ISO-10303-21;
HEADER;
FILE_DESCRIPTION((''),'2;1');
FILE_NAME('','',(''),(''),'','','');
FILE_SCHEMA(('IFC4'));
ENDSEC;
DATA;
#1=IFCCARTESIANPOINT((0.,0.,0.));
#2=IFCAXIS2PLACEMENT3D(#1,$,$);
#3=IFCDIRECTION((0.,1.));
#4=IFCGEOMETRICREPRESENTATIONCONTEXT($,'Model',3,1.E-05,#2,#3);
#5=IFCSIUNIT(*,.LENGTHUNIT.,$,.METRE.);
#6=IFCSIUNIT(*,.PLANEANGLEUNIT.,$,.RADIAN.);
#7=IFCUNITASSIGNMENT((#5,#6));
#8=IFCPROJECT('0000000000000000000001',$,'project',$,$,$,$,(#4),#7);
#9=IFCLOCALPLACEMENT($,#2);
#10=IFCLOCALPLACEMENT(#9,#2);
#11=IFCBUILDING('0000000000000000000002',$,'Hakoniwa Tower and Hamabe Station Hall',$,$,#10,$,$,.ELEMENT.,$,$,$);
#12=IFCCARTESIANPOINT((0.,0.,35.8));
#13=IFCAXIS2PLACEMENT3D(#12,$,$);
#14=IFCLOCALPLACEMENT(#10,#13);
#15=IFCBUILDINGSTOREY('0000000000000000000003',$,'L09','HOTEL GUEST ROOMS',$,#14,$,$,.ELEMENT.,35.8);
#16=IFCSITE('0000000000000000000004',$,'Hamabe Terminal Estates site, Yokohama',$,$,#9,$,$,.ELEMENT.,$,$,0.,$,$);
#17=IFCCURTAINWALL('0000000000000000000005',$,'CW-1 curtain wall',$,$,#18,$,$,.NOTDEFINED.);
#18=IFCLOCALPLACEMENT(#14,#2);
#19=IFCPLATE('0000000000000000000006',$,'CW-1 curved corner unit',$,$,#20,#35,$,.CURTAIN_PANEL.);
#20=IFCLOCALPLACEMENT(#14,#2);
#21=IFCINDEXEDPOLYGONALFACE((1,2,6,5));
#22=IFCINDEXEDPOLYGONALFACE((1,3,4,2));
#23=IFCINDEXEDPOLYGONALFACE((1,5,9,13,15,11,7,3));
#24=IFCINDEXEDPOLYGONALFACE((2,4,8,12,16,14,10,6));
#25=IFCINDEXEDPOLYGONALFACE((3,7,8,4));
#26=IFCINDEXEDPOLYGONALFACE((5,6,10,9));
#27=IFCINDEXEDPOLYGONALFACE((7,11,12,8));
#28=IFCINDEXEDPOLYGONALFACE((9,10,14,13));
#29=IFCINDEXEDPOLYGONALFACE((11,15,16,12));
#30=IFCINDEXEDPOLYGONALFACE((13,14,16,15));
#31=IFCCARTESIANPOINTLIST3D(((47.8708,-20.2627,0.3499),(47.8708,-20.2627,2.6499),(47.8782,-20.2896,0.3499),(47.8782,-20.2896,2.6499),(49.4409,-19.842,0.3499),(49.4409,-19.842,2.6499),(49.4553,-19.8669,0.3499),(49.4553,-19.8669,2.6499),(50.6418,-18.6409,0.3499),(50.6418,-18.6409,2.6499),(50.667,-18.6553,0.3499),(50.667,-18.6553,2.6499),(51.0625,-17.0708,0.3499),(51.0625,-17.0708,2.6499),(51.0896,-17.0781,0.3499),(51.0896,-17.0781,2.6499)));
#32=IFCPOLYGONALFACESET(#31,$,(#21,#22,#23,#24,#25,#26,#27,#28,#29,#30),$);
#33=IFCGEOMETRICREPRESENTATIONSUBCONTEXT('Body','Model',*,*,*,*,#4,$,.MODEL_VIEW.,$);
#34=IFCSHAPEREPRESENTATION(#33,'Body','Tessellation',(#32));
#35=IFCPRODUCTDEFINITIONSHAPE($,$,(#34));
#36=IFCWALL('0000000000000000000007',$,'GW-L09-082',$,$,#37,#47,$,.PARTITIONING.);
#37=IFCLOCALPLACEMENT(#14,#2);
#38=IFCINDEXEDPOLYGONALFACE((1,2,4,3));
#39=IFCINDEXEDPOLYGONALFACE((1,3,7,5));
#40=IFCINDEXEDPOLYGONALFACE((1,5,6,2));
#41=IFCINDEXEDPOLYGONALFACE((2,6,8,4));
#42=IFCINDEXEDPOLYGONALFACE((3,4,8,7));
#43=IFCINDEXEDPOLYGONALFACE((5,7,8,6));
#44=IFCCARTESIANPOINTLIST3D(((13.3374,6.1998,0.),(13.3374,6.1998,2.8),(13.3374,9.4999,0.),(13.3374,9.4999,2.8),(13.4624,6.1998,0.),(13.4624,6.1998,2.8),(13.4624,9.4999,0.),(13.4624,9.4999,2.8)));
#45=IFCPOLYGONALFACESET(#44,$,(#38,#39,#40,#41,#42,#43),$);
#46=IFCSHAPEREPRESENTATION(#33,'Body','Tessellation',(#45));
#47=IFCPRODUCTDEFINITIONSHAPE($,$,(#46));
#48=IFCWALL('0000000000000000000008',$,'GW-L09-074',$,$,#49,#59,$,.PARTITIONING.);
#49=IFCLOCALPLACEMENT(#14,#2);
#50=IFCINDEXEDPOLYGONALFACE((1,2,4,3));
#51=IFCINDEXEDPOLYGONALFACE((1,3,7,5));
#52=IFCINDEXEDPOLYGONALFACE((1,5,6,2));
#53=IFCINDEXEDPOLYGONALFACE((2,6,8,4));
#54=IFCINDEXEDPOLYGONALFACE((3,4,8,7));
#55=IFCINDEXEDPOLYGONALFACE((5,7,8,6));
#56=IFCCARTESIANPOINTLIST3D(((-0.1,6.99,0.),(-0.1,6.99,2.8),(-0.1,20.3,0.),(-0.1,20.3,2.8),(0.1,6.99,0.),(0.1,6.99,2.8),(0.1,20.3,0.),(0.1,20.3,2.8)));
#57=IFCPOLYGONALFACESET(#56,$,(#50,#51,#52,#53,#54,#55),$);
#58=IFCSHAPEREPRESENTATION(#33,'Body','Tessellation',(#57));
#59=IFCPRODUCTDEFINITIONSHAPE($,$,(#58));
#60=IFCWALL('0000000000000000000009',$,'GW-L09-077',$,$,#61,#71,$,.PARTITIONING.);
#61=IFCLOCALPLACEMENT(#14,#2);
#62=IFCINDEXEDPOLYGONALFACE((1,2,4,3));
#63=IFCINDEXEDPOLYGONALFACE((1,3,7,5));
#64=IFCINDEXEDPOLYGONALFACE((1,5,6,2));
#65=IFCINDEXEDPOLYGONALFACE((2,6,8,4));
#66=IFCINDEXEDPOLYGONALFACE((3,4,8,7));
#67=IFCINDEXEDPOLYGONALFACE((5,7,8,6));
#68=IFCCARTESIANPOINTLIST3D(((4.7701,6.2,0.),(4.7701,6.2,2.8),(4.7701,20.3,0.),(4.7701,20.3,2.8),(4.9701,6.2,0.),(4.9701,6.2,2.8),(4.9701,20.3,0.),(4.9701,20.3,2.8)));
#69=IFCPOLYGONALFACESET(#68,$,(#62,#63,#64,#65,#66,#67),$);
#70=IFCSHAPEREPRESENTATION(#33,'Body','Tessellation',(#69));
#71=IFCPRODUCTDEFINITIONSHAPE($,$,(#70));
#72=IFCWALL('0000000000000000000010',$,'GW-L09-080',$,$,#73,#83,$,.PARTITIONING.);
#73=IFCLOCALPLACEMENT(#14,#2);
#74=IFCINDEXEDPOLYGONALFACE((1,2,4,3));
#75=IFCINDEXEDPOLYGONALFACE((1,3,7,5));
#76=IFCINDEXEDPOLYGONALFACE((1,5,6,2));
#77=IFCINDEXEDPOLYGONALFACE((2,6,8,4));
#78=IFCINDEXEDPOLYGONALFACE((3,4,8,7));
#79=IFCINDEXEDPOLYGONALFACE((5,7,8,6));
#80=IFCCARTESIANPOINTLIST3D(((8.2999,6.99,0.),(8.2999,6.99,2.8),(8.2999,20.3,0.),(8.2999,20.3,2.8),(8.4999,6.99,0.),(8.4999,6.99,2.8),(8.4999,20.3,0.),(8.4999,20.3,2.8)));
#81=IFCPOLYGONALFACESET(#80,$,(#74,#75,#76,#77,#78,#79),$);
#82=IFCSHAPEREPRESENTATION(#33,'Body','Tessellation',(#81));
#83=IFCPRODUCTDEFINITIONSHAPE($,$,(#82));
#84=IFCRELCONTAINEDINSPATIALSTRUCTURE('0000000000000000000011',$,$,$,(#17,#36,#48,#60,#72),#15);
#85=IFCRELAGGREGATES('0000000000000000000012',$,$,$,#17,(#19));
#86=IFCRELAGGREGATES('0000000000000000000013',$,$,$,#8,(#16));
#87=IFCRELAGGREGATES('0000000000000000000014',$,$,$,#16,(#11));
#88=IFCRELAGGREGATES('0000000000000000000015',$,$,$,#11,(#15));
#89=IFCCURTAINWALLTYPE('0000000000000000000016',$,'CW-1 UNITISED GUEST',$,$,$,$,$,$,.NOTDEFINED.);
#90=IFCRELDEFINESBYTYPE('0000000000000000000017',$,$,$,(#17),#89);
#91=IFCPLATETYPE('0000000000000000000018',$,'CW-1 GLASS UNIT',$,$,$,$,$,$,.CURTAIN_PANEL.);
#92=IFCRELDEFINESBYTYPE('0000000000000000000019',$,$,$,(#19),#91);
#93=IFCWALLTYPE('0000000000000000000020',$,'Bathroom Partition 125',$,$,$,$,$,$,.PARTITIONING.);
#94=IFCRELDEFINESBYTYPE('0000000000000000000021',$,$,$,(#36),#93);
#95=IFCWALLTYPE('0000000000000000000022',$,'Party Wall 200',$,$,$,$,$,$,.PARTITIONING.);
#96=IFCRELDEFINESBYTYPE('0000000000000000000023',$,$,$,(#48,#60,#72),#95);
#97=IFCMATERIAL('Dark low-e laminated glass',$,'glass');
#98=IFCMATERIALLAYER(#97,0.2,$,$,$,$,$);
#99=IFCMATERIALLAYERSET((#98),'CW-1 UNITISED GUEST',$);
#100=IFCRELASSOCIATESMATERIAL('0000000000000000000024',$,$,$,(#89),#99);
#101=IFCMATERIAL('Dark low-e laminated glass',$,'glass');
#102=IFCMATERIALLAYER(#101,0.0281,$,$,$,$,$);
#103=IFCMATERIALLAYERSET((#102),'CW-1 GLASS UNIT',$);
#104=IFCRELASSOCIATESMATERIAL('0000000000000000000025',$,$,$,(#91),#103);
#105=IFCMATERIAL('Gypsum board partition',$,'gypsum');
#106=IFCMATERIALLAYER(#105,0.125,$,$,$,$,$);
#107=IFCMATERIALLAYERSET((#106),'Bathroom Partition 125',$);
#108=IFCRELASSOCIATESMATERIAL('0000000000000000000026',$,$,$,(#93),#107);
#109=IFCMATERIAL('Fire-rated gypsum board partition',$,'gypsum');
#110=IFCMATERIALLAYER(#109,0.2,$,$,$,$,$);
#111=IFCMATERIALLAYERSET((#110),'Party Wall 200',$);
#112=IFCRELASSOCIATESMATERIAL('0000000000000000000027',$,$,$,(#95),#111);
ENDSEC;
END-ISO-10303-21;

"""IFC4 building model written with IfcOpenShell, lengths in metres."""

from ifc_helpers import new_model, si_unit, direction, frame, frame_2d, origin, place, context, subcontext, project, spatial, polyline, rectangle, outline, extrude, material, layer, layer_set, type_object, element, aggregate, save


model = new_model("IFC4")

# Units and contexts
model_context = context("Model", 3, precision=1e-05, world=origin(), true_north=direction((0.0, 1.0)))
body_context = subcontext(model_context, "Body", "Model", "MODEL_VIEW")
ifc_project = project(units=[si_unit("LENGTHUNIT", "METRE"), si_unit("PLANEANGLEUNIT", "RADIAN")], contexts=[model_context])

# Site, building, storey
site_placement = place(None, origin())
site = spatial("IfcSite", under=ifc_project, at=site_placement, Name="Hamabe Terminal Estates site, Yokohama", CompositionType="ELEMENT", RefElevation=0.0)
building_placement = place(site_placement, origin())
building = spatial("IfcBuilding", under=site, at=building_placement, Name="Hakoniwa Tower and Hamabe Station Hall", CompositionType="ELEMENT")
storey_placement = place(building_placement, frame((0.0, 0.0, 35.8)))
storey = spatial("IfcBuildingStorey", under=building, at=storey_placement, Name="L09", Description="HOTEL GUEST ROOMS", CompositionType="ELEMENT", Elevation=35.8)

# Curtain wall
ifc_material_1 = material(Name="Dark low-e laminated glass", Category="glass")
ifc_layer_1 = layer(ifc_material_1, 0.2)
ifc_layer_set_1 = layer_set([ifc_layer_1], Name="CW-1 UNITISED GUEST")
curtain_wall_type = type_object("IfcCurtainWallType", Name="CW-1 UNITISED GUEST", PredefinedType="NOTDEFINED", material=ifc_layer_set_1)
curtain_wall_1_placement = place(storey_placement, origin())
curtain_wall_1 = element("IfcCurtainWall", 1, at=curtain_wall_1_placement, inside=storey, type_object=curtain_wall_type, Name="CW-1 curtain wall", PredefinedType="NOTDEFINED")

# Shared definitions
ifc_material_2 = material(Name="Dark low-e laminated glass", Category="glass")
ifc_layer_2 = layer(ifc_material_2, 0.0281)
ifc_layer_set_2 = layer_set([ifc_layer_2], Name="CW-1 GLASS UNIT")
plate_type = type_object("IfcPlateType", Name="CW-1 GLASS UNIT", PredefinedType="CURTAIN_PANEL", material=ifc_layer_set_2)

# Plate
plate_1_placement = place(storey_placement, frame((0.0, 0.0, 0.3499)))
plate_1 = element("IfcPlate", 2, at=plate_1_placement, type_object=plate_type, Name="CW-1 curved corner unit", PredefinedType="CURTAIN_PANEL", context=body_context, shape_type="SweptSolid", body=[
    extrude(outline(polyline([(47.8782, -20.2896), (49.4553, -19.8669), (50.667, -18.6553), (51.0896, -17.0781), (51.0625, -17.0708), (50.6418, -18.6409), (49.4409, -19.842), (47.8708, -20.2627), (47.8782, -20.2896)])), origin(), (0.0, 0.0, 1.0), 2.3),
])
aggregate(curtain_wall_1, [plate_1])

# Walls
ifc_material_3 = material(Name="Gypsum board partition", Category="gypsum")
ifc_layer_3 = layer(ifc_material_3, 0.125)
ifc_layer_set_3 = layer_set([ifc_layer_3], Name="Bathroom Partition 125")
wall_type_1 = type_object("IfcWallType", Name="Bathroom Partition 125", PredefinedType="PARTITIONING", material=ifc_layer_set_3)
wall_1_placement = place(storey_placement, frame((13.3999, 6.2, 0.0), z_axis=(0.0, 0.0, 1.0), x_axis=(0.0, 1.0, 0.0)))
element("IfcWall", 3, at=wall_1_placement, inside=storey, type_object=wall_type_1, Name="GW-L09-082", PredefinedType="PARTITIONING", context=body_context, shape_type="SweptSolid", body=[
    extrude(rectangle(XDim=3.3, YDim=0.125, at=frame_2d((1.6499, 0.0))), origin(), (0.0, 0.0, 1.0), 2.8),
])
ifc_material_4 = material(Name="Fire-rated gypsum board partition", Category="gypsum")
ifc_layer_4 = layer(ifc_material_4, 0.2)
ifc_layer_set_4 = layer_set([ifc_layer_4], Name="Party Wall 200")
wall_type_2 = type_object("IfcWallType", Name="Party Wall 200", PredefinedType="PARTITIONING", material=ifc_layer_set_4)
wall_2_placement = place(storey_placement, frame((0.0, 6.99, 0.0), z_axis=(0.0, 0.0, 1.0), x_axis=(0.0, 1.0, 0.0)))
element("IfcWall", 4, at=wall_2_placement, inside=storey, type_object=wall_type_2, Name="GW-L09-074", PredefinedType="PARTITIONING", context=body_context, shape_type="SweptSolid", body=[
    extrude(rectangle(XDim=13.3101, YDim=0.2, at=frame_2d((6.655, 0.0))), origin(), (0.0, 0.0, 1.0), 2.8),
])
wall_3_placement = place(storey_placement, frame((4.8701, 6.2, 0.0), z_axis=(0.0, 0.0, 1.0), x_axis=(0.0, 1.0, 0.0)))
element("IfcWall", 5, at=wall_3_placement, inside=storey, type_object=wall_type_2, Name="GW-L09-077", PredefinedType="PARTITIONING", context=body_context, shape_type="SweptSolid", body=[
    extrude(rectangle(XDim=14.1001, YDim=0.2, at=frame_2d((7.05, 0.0))), origin(), (0.0, 0.0, 1.0), 2.8),
])
wall_4_placement = place(storey_placement, frame((8.3999, 6.99, 0.0), z_axis=(0.0, 0.0, 1.0), x_axis=(0.0, 1.0, 0.0)))
element("IfcWall", 6, at=wall_4_placement, inside=storey, type_object=wall_type_2, Name="GW-L09-080", PredefinedType="PARTITIONING", context=body_context, shape_type="SweptSolid", body=[
    extrude(rectangle(XDim=13.3101, YDim=0.2, at=frame_2d((6.655, 0.0))), origin(), (0.0, 0.0, 1.0), 2.8),
])

save(model, "model.ifc")
